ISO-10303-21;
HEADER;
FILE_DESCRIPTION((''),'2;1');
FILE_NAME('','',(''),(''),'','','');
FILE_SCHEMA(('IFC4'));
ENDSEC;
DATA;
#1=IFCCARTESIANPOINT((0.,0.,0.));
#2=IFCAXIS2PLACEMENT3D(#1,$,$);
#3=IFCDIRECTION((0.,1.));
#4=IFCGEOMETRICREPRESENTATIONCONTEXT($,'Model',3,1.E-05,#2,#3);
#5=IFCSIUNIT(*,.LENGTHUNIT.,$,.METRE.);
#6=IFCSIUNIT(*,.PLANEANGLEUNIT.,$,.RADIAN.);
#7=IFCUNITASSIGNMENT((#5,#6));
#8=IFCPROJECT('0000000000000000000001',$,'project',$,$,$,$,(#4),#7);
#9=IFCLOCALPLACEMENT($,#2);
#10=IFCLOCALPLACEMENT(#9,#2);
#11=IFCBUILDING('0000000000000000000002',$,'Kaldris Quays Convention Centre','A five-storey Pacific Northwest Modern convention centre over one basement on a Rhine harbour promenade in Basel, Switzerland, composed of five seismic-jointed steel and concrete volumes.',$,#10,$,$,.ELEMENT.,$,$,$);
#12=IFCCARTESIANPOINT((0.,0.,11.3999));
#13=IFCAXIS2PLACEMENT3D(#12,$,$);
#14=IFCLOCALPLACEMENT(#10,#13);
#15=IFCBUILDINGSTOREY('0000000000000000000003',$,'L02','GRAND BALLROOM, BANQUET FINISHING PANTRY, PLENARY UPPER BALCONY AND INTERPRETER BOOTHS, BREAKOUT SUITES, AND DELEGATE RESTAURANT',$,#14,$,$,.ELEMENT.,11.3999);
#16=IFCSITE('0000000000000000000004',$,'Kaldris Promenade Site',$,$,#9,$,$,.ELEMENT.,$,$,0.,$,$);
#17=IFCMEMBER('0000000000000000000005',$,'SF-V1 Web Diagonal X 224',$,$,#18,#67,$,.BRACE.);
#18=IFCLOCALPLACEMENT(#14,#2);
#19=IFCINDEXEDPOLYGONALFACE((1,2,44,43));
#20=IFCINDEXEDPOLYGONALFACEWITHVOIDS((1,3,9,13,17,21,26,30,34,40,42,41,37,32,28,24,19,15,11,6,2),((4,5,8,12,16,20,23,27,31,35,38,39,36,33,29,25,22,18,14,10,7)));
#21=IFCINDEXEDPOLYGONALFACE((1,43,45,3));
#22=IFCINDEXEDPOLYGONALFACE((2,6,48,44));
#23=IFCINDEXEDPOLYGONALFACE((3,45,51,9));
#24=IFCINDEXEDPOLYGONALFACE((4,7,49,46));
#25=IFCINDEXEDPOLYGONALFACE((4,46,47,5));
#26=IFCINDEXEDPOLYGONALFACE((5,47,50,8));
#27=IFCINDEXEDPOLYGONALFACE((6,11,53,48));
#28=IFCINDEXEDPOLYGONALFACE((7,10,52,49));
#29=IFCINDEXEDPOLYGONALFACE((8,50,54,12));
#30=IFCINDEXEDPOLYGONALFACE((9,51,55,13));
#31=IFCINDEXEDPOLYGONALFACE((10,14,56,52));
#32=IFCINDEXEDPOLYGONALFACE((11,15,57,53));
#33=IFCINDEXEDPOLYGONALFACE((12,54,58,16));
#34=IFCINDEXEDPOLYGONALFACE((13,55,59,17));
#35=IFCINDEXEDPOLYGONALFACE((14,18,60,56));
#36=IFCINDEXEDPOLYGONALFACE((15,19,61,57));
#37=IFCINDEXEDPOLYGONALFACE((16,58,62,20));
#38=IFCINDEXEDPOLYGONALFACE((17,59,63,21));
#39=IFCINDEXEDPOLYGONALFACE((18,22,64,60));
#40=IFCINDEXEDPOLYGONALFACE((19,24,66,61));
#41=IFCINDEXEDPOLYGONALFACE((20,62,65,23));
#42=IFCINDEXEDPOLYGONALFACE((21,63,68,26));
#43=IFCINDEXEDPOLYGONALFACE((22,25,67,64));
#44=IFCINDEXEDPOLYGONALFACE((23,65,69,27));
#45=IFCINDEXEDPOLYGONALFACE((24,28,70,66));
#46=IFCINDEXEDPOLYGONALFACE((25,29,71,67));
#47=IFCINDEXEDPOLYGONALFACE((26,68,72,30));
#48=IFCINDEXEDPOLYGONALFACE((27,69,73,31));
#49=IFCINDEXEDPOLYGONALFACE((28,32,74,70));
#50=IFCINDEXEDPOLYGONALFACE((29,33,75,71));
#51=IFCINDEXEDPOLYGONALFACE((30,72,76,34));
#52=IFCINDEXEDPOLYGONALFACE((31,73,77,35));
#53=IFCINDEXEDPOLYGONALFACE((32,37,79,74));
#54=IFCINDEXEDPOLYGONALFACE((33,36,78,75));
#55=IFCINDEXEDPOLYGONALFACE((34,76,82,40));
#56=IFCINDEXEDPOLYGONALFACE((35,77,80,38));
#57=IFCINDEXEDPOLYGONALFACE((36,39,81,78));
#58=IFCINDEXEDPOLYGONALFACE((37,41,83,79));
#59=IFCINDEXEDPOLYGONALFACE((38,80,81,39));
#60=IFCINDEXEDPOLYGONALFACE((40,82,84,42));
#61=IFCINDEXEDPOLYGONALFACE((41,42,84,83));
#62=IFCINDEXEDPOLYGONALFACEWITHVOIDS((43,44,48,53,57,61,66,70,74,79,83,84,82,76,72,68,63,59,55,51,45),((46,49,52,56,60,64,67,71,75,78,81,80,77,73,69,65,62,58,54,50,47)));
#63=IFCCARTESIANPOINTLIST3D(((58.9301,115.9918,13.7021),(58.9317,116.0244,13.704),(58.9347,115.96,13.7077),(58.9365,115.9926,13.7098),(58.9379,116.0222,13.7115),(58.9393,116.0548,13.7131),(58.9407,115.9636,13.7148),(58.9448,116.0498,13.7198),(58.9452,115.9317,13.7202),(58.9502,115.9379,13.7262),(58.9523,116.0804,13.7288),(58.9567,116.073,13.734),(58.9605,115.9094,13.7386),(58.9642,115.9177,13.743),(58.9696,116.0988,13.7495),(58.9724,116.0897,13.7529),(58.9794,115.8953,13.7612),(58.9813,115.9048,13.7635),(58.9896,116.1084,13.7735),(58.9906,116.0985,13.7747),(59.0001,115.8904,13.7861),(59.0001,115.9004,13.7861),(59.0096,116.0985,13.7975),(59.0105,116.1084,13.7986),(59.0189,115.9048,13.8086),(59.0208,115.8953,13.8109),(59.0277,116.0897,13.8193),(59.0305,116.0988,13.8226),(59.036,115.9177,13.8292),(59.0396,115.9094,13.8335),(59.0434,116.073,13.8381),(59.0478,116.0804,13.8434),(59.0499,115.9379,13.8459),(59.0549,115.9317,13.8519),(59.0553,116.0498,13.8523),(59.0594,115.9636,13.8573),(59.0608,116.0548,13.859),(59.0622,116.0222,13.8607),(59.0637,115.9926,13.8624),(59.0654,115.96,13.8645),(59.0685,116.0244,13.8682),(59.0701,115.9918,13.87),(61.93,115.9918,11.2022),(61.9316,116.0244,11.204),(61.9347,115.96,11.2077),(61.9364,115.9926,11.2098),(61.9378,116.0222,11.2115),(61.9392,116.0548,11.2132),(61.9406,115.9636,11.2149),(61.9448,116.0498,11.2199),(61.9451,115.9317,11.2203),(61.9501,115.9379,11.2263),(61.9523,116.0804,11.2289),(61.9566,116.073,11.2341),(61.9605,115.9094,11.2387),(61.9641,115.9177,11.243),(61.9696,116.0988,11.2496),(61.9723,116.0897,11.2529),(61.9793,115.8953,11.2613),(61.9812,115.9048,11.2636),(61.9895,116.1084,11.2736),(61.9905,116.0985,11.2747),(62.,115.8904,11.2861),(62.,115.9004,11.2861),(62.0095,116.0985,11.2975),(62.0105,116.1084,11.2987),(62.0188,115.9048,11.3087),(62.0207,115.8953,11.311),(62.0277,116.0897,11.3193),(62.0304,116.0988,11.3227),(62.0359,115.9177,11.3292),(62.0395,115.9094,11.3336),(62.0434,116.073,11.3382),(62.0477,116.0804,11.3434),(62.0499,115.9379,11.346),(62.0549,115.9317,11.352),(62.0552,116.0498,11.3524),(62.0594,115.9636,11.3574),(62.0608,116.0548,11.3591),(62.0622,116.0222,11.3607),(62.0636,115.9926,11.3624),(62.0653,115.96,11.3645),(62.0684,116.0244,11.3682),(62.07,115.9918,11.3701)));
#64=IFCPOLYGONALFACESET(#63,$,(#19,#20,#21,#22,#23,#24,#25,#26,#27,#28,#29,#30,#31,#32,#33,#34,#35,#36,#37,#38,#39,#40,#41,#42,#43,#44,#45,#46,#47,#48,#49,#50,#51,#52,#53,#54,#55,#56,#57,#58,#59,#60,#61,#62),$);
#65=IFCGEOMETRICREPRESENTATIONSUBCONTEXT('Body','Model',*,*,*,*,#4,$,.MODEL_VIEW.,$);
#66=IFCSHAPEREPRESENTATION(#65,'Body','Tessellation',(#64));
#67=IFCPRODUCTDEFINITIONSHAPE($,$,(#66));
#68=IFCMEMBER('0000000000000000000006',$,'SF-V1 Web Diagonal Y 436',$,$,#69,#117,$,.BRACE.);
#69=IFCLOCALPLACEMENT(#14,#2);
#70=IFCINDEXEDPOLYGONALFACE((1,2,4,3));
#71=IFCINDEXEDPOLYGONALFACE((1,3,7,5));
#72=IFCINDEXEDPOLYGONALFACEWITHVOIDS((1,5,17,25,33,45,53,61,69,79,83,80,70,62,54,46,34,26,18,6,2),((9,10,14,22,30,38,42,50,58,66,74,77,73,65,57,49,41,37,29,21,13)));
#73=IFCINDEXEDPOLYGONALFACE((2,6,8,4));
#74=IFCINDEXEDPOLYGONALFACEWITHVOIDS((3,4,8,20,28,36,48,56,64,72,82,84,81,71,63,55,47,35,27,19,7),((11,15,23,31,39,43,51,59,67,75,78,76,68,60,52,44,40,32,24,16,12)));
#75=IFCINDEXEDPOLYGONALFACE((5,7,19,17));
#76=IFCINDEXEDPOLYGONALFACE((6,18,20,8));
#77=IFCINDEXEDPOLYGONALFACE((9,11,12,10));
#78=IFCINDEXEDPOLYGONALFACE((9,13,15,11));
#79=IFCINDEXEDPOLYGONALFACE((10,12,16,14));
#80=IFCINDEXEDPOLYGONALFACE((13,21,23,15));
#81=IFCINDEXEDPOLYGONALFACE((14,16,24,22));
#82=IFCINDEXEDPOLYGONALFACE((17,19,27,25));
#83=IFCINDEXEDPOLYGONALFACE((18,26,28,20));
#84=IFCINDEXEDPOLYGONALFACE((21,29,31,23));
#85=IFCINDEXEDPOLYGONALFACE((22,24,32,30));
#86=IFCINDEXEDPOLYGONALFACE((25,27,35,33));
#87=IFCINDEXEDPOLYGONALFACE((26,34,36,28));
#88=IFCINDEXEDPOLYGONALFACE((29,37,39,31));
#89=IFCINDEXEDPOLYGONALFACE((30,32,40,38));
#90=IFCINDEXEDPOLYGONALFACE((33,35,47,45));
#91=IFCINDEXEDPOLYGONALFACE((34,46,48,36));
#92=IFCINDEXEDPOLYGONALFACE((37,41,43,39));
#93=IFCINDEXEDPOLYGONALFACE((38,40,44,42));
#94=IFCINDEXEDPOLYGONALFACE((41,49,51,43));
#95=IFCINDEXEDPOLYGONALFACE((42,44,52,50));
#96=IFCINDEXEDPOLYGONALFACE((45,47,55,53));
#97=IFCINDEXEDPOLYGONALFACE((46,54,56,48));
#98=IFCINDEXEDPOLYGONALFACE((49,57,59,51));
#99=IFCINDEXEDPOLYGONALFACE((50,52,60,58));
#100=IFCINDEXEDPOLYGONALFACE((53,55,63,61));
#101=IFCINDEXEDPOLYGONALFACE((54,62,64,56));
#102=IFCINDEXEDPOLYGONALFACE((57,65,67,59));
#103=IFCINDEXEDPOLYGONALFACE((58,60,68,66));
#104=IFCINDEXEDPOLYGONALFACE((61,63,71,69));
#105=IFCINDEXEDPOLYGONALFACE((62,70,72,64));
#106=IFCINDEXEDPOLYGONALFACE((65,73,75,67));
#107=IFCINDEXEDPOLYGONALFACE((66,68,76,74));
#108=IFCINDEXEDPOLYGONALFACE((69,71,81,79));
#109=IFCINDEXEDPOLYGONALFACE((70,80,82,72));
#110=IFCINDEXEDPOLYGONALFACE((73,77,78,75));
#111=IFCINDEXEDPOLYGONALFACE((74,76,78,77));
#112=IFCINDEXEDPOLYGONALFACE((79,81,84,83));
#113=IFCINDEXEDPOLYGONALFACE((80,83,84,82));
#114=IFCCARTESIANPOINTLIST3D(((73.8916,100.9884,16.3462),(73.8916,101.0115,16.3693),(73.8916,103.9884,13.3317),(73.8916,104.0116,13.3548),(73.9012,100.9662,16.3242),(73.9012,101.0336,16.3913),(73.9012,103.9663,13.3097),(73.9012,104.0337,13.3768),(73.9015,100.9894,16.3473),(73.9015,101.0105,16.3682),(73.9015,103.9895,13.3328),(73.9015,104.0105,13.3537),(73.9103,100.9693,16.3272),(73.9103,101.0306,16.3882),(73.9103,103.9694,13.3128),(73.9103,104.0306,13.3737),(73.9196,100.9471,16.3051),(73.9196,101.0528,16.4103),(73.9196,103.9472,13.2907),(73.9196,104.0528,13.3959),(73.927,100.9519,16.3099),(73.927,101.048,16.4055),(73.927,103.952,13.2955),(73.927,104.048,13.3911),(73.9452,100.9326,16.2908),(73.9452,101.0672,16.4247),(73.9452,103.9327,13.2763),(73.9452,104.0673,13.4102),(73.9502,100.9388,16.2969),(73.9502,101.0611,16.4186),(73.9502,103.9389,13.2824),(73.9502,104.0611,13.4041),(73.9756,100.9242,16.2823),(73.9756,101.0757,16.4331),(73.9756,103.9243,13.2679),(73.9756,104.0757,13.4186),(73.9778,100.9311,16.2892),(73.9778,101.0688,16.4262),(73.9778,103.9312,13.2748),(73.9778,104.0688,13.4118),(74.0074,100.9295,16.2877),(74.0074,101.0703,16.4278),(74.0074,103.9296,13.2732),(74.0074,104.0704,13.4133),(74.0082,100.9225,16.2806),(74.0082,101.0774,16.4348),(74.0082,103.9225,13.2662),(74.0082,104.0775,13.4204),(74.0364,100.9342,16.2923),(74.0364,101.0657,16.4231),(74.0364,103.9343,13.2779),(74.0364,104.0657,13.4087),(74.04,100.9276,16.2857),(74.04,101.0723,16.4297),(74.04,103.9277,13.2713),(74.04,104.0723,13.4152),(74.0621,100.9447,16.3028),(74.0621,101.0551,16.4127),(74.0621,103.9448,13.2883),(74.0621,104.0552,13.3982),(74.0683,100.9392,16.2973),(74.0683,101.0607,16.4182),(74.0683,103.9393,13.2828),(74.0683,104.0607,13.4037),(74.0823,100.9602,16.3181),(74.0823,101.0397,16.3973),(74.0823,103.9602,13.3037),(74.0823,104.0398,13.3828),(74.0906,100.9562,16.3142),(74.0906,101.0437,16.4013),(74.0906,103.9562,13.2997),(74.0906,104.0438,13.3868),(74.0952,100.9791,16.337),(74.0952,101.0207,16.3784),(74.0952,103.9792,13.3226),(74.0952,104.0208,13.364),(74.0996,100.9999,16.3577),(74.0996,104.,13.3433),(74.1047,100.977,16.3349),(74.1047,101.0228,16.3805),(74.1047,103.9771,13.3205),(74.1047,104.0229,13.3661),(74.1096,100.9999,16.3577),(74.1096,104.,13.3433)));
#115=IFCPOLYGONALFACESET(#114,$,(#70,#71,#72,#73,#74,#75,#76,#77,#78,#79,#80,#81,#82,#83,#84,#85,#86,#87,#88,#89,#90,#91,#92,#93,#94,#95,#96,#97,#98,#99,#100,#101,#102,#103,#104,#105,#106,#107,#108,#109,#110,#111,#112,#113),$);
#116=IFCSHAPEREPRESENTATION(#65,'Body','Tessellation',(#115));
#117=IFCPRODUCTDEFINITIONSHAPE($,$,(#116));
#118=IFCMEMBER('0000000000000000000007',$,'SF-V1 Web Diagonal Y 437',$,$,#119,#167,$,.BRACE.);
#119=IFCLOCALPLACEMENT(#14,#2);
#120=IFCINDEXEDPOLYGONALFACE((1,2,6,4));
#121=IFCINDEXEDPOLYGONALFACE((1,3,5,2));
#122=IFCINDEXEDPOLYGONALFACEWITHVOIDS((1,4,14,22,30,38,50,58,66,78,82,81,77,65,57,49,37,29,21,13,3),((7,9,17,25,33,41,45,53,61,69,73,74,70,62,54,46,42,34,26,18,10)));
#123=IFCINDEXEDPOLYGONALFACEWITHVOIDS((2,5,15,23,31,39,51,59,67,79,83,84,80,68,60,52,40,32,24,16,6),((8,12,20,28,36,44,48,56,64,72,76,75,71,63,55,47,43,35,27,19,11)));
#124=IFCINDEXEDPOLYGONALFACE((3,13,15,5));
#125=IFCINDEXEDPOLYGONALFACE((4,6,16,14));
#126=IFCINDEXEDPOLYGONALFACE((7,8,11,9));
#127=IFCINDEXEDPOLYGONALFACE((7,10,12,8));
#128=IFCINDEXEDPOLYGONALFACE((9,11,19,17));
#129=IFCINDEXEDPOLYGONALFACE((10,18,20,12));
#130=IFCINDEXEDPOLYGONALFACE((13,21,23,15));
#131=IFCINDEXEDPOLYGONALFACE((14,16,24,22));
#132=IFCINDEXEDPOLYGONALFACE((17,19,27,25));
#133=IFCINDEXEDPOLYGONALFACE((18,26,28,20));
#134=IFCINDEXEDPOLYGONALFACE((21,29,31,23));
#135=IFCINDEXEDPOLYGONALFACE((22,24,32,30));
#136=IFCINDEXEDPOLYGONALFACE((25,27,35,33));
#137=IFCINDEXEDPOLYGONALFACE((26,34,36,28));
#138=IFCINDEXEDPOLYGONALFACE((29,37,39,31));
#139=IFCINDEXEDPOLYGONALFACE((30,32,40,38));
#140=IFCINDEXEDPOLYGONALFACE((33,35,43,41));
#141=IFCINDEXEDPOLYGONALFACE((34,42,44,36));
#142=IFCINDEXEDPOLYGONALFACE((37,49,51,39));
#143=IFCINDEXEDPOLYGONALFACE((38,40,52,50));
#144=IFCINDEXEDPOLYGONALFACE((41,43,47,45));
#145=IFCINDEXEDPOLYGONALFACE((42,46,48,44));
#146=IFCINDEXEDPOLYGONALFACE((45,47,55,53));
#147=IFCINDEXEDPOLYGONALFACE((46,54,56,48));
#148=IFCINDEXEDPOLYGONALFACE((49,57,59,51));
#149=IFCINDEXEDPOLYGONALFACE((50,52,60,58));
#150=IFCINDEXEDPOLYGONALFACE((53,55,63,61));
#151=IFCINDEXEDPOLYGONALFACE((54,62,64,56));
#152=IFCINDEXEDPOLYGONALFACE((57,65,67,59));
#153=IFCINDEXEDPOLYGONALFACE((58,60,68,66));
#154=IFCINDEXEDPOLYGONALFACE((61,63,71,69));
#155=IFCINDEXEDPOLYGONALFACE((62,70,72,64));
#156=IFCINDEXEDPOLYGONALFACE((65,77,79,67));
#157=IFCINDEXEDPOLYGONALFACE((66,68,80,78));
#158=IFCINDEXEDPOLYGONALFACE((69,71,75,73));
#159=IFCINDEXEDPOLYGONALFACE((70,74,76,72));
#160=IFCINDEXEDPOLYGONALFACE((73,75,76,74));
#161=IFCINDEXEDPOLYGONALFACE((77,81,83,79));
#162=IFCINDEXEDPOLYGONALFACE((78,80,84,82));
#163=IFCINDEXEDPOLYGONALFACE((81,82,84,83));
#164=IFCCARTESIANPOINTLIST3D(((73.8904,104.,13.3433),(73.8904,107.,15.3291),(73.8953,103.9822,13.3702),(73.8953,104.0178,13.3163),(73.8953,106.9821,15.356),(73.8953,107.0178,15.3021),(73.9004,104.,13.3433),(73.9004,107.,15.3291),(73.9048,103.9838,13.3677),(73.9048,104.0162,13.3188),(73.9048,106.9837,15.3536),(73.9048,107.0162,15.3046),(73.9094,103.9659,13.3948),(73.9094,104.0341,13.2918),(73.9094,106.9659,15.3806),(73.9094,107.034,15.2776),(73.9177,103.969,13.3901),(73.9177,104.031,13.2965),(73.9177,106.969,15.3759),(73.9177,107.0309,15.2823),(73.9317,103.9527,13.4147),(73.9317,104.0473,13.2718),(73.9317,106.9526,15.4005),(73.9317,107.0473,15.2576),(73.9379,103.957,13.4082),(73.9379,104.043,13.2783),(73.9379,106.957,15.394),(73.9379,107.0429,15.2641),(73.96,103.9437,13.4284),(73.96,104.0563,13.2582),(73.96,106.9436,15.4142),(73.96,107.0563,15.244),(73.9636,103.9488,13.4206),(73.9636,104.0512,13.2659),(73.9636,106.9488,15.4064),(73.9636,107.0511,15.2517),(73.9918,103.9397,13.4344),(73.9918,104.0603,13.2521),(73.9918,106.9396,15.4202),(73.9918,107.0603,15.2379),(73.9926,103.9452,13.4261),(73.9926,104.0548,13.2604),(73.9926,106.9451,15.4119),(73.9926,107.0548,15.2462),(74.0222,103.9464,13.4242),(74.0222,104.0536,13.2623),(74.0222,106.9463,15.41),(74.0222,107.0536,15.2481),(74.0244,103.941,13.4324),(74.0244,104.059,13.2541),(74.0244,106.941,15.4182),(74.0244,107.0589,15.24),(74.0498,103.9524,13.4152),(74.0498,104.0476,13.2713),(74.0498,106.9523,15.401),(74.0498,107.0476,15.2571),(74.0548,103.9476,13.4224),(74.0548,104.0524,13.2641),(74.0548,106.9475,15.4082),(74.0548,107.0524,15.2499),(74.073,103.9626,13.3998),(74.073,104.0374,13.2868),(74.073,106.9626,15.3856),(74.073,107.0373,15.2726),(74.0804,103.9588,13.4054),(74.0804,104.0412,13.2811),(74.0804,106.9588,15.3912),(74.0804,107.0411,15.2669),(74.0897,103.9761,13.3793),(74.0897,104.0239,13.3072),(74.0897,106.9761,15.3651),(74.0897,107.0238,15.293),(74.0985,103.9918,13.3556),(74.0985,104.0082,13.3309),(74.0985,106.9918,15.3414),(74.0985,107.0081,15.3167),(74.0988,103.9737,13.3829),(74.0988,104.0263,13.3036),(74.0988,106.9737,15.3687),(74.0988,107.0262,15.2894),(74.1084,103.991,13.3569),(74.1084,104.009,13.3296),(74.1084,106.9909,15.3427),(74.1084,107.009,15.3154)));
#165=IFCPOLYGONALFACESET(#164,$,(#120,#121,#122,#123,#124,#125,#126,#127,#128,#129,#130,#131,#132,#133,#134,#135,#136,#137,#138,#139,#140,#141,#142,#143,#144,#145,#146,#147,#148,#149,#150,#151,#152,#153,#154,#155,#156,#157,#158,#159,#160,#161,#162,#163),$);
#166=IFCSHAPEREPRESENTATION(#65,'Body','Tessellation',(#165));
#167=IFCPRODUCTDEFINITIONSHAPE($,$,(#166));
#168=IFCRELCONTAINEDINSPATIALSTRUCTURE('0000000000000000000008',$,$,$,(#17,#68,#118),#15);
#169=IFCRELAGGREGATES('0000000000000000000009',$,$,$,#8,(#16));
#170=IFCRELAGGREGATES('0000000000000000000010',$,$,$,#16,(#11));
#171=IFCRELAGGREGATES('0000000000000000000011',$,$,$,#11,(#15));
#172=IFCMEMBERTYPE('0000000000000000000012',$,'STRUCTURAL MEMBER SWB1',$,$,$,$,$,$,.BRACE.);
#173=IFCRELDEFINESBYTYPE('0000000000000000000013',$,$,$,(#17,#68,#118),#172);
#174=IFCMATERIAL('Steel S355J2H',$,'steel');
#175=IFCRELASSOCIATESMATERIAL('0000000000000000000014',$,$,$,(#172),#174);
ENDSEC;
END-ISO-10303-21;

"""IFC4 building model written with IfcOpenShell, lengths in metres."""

from ifc_helpers import new_model, si_unit, direction, frame, origin, origin_2d, place, context, subcontext, project, spatial, hollow_circle, extrude, material, material_profile, profile_set, type_object, element, save


model = new_model("IFC4")

# Units and contexts
model_context = context("Model", 3, precision=1e-05, world=origin(), true_north=direction((0.0, 1.0)))
body_context = subcontext(model_context, "Body", "Model", "MODEL_VIEW")
ifc_project = project(units=[si_unit("LENGTHUNIT", "METRE"), si_unit("PLANEANGLEUNIT", "RADIAN")], contexts=[model_context])

# Site, building, storey
site_placement = place(None, origin())
site = spatial("IfcSite", under=ifc_project, at=site_placement, Name="Kaldris Promenade Site", CompositionType="ELEMENT", RefElevation=0.0)
building_placement = place(site_placement, origin())
building = spatial("IfcBuilding", under=site, at=building_placement, Name="Kaldris Quays Convention Centre", Description="A five-storey Pacific Northwest Modern convention centre over one basement on a Rhine harbour promenade in Basel, Switzerland, composed of five seismic-jointed steel and concrete volumes.", CompositionType="ELEMENT")
storey_placement = place(building_placement, frame((0.0, 0.0, 11.3999)))
storey = spatial("IfcBuildingStorey", under=building, at=storey_placement, Name="L02", Description="GRAND BALLROOM, BANQUET FINISHING PANTRY, PLENARY UPPER BALCONY AND INTERPRETER BOOTHS, BREAKOUT SUITES, AND DELEGATE RESTAURANT", CompositionType="ELEMENT", Elevation=11.3999)

# Members
ifc_material_1 = material(Name="Steel S355J2H", Category="steel")
ifc_material_profile_1 = material_profile(ifc_material_1, hollow_circle(Radius=0.1096, WallThickness=0.01, at=origin_2d()), Name="CHS 219.1x10")
ifc_profile_set_1 = profile_set([ifc_material_profile_1], Name="Steel S355J2H")
member_type_1 = type_object("IfcMemberType", Name="STRUCTURAL MEMBER SWB1", PredefinedType="BRACE", material=ifc_profile_set_1)
for number, where, z_axis, x_axis, name in (
    (1, (62.0, 116.0, 11.2861), (-0.768221, 0.0, 0.640184), (0.0, -1.0, 0.0), "SF-V1 Web Diagonal X 224"),
):
    element("IfcMember", number, at=place(storey_placement, frame(where, z_axis=z_axis, x_axis=x_axis)), inside=storey, type_object=member_type_1, Name=name, PredefinedType="BRACE", context=body_context, shape_type="SweptSolid", body=[
        extrude(hollow_circle(Radius=0.1096, WallThickness=0.01, at=origin_2d()), origin(), (0.0, 0.0, 1.0), 3.905),
    ])
member_1_placement = place(storey_placement, frame((74.0, 104.0, 13.3433), z_axis=(0.0, -0.705411, 0.708798), x_axis=(1.0, 0.0, 0.0)))
element("IfcMember", 2, at=member_1_placement, inside=storey, type_object=member_type_1, Name="SF-V1 Web Diagonal Y 436", PredefinedType="BRACE", context=body_context, shape_type="SweptSolid", body=[
    extrude(hollow_circle(Radius=0.1096, WallThickness=0.01, at=origin_2d()), origin(), (0.0, 0.0, 1.0), 4.2529),
])
member_2_placement = place(storey_placement, frame((74.0, 104.0, 13.3433), z_axis=(0.0, 0.833862, 0.551972), x_axis=(-1.0, 0.0, 0.0)))
element("IfcMember", 3, at=member_2_placement, inside=storey, type_object=member_type_1, Name="SF-V1 Web Diagonal Y 437", PredefinedType="BRACE", context=body_context, shape_type="SweptSolid", body=[
    extrude(hollow_circle(Radius=0.1096, WallThickness=0.01, at=origin_2d()), origin(), (0.0, 0.0, 1.0), 3.5977),
])

save(model, "model.ifc")
